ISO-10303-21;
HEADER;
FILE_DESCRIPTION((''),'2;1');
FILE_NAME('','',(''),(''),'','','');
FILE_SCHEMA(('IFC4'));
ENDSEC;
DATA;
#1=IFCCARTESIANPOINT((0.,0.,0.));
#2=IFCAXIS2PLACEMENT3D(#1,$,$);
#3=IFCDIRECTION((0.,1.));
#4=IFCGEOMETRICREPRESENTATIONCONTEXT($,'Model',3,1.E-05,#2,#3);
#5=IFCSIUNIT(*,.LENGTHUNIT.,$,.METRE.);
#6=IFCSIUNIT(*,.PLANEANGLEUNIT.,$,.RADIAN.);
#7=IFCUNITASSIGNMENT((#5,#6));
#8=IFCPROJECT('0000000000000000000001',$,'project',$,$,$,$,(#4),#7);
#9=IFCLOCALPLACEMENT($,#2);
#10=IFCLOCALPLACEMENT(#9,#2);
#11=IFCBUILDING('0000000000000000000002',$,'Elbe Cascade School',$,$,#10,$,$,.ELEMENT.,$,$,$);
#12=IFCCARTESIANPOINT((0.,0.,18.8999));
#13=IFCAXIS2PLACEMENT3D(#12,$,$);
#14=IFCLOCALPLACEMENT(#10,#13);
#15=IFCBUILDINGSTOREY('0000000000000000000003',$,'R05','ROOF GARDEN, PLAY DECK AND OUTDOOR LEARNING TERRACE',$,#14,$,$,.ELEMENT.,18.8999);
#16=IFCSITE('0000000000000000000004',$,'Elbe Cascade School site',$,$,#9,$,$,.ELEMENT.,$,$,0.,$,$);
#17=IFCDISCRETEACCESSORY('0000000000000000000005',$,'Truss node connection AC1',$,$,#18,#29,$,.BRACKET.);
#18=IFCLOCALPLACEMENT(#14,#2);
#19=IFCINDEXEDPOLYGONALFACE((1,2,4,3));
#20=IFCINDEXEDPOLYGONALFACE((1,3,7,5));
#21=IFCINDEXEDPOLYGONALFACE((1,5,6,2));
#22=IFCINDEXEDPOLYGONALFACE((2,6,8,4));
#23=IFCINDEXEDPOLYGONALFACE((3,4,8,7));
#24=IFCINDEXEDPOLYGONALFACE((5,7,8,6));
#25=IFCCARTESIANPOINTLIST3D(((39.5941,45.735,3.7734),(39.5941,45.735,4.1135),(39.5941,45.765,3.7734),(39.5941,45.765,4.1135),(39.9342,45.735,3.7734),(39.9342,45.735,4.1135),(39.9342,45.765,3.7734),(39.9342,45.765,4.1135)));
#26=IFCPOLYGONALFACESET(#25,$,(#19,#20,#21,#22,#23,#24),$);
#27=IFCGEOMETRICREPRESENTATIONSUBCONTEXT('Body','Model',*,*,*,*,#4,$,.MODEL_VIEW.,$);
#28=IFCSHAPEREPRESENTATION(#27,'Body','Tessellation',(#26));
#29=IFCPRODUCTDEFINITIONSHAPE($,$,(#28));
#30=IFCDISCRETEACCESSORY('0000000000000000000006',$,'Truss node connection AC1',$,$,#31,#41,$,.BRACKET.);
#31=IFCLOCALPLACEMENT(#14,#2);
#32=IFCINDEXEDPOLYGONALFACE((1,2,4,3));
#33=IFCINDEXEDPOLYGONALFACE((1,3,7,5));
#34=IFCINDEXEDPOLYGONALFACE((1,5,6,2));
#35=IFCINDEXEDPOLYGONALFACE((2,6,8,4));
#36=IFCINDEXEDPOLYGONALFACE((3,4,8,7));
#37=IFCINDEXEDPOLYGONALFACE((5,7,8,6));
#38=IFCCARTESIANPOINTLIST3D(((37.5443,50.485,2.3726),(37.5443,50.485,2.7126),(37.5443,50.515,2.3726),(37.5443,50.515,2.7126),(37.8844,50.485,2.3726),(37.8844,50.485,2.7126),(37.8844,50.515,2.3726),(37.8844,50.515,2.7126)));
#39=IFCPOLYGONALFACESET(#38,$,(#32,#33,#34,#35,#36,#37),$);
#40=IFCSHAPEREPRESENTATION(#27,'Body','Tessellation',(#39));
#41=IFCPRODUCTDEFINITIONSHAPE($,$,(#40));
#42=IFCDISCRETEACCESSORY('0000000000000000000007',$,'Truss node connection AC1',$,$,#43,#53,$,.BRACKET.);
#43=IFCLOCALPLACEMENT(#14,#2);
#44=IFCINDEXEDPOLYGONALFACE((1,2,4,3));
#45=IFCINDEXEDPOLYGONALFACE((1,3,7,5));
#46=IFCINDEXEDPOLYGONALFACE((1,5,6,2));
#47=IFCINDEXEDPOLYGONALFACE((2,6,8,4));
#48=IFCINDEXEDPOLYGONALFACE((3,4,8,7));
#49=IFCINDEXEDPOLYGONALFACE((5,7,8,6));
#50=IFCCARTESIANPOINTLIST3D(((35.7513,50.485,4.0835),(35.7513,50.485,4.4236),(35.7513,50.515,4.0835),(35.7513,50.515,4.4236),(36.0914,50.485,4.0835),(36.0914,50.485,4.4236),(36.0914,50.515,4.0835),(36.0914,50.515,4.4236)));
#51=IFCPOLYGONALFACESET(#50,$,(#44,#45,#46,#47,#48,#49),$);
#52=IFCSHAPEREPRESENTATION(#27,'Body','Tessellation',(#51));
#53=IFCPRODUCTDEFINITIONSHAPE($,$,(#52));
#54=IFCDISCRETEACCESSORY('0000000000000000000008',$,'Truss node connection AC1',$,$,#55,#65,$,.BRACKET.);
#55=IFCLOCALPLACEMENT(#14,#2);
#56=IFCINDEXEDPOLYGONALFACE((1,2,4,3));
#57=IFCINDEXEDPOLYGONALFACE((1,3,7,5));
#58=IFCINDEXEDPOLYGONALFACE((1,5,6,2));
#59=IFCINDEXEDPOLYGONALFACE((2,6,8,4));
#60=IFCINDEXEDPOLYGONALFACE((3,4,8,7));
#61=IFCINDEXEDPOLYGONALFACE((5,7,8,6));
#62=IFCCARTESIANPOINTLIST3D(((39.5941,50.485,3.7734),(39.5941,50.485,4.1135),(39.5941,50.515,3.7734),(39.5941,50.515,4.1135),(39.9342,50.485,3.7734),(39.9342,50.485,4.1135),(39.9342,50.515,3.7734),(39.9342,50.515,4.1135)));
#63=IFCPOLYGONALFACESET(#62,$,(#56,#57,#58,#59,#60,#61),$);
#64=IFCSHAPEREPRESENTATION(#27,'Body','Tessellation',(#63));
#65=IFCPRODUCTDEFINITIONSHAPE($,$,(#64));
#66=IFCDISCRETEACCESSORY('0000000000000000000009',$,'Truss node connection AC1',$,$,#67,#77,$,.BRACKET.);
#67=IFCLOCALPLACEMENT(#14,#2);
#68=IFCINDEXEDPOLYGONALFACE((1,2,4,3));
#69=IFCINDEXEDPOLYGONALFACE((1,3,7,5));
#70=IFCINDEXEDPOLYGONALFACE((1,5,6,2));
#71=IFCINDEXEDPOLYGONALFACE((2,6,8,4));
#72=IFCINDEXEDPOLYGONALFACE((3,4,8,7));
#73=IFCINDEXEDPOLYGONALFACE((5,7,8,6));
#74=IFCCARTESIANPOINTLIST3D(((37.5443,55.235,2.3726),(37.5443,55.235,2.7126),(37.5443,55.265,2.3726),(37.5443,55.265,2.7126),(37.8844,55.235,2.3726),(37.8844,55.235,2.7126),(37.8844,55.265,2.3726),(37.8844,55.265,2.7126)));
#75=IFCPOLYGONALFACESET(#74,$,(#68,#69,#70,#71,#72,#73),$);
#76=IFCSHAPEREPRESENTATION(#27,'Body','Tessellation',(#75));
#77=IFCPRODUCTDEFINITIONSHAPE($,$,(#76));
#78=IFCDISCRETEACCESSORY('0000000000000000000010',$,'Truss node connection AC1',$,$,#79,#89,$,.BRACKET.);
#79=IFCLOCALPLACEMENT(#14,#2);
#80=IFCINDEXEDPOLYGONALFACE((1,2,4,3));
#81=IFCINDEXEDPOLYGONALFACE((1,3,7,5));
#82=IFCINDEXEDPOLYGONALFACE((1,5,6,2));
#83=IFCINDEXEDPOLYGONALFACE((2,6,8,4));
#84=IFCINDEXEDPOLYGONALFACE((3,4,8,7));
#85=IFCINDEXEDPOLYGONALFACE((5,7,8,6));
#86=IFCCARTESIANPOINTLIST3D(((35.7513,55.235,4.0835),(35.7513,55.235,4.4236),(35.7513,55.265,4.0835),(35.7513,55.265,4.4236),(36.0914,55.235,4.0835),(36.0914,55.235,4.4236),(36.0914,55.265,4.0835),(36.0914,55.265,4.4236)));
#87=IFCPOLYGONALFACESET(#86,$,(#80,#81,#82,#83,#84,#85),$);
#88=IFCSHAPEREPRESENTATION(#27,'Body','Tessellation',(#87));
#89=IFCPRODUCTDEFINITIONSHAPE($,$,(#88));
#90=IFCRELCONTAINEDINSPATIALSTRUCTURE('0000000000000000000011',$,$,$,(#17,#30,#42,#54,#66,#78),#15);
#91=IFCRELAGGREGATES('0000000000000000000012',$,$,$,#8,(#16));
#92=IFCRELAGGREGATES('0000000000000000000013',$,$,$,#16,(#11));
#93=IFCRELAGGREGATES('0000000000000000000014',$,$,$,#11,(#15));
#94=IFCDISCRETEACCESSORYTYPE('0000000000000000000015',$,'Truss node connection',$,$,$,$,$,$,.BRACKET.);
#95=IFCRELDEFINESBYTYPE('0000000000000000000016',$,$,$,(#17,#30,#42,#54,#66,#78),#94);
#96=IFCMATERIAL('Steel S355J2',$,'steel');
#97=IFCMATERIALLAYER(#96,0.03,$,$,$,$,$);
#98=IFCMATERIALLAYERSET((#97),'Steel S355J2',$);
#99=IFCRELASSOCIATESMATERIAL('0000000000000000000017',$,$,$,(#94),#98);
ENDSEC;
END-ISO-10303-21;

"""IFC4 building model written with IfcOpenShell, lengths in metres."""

from ifc_helpers import new_model, si_unit, direction, frame, origin, origin_2d, place, context, subcontext, project, spatial, rectangle, extrude, material, layer, layer_set, type_object, element, save


model = new_model("IFC4")

# Units and contexts
model_context = context("Model", 3, precision=1e-05, world=origin(), true_north=direction((0.0, 1.0)))
body_context = subcontext(model_context, "Body", "Model", "MODEL_VIEW")
ifc_project = project(units=[si_unit("LENGTHUNIT", "METRE"), si_unit("PLANEANGLEUNIT", "RADIAN")], contexts=[model_context])

# Site, building, storey
site_placement = place(None, origin())
site = spatial("IfcSite", under=ifc_project, at=site_placement, Name="Elbe Cascade School site", CompositionType="ELEMENT", RefElevation=0.0)
building_placement = place(site_placement, origin())
building = spatial("IfcBuilding", under=site, at=building_placement, Name="Elbe Cascade School", CompositionType="ELEMENT")
storey_placement = place(building_placement, frame((0.0, 0.0, 18.8999)))
storey = spatial("IfcBuildingStorey", under=building, at=storey_placement, Name="R05", Description="ROOF GARDEN, PLAY DECK AND OUTDOOR LEARNING TERRACE", CompositionType="ELEMENT", Elevation=18.8999)

# Discrete accessories
ifc_material_1 = material(Name="Steel S355J2", Category="steel")
ifc_layer = layer(ifc_material_1, 0.03)
ifc_layer_set = layer_set([ifc_layer], Name="Steel S355J2")
discrete_accessory_type = type_object("IfcDiscreteAccessoryType", Name="Truss node connection", PredefinedType="BRACKET", material=ifc_layer_set)
for number, where, z_axis, x_axis, name in (
    (1, (39.7642, 45.75, 3.7734), (0.0, 0.0, 1.0), (1.0, 0.0, 0.0), "Truss node connection AC1"),
    (2, (37.7144, 50.5, 2.3726), (0.0, 0.0, 1.0), (1.0, 0.0, 0.0), "Truss node connection AC1"),
    (3, (35.9214, 50.5, 4.0835), (0.0, 0.0, 1.0), (1.0, 0.0, 0.0), "Truss node connection AC1"),
    (4, (39.7642, 50.5, 3.7734), (0.0, 0.0, 1.0), (1.0, 0.0, 0.0), "Truss node connection AC1"),
    (5, (37.7144, 55.25, 2.3726), (0.0, 0.0, 1.0), (1.0, 0.0, 0.0), "Truss node connection AC1"),
    (6, (35.9214, 55.25, 4.0835), (0.0, 0.0, 1.0), (1.0, 0.0, 0.0), "Truss node connection AC1"),
):
    element("IfcDiscreteAccessory", number, at=place(storey_placement, frame(where, z_axis=z_axis, x_axis=x_axis)), inside=storey, type_object=discrete_accessory_type, Name=name, PredefinedType="BRACKET", context=body_context, shape_type="SweptSolid", body=[
        extrude(rectangle(XDim=0.3401, YDim=0.03, at=origin_2d()), origin(), (0.0, 0.0, 1.0), 0.3401),
    ])

save(model, "model.ifc")
